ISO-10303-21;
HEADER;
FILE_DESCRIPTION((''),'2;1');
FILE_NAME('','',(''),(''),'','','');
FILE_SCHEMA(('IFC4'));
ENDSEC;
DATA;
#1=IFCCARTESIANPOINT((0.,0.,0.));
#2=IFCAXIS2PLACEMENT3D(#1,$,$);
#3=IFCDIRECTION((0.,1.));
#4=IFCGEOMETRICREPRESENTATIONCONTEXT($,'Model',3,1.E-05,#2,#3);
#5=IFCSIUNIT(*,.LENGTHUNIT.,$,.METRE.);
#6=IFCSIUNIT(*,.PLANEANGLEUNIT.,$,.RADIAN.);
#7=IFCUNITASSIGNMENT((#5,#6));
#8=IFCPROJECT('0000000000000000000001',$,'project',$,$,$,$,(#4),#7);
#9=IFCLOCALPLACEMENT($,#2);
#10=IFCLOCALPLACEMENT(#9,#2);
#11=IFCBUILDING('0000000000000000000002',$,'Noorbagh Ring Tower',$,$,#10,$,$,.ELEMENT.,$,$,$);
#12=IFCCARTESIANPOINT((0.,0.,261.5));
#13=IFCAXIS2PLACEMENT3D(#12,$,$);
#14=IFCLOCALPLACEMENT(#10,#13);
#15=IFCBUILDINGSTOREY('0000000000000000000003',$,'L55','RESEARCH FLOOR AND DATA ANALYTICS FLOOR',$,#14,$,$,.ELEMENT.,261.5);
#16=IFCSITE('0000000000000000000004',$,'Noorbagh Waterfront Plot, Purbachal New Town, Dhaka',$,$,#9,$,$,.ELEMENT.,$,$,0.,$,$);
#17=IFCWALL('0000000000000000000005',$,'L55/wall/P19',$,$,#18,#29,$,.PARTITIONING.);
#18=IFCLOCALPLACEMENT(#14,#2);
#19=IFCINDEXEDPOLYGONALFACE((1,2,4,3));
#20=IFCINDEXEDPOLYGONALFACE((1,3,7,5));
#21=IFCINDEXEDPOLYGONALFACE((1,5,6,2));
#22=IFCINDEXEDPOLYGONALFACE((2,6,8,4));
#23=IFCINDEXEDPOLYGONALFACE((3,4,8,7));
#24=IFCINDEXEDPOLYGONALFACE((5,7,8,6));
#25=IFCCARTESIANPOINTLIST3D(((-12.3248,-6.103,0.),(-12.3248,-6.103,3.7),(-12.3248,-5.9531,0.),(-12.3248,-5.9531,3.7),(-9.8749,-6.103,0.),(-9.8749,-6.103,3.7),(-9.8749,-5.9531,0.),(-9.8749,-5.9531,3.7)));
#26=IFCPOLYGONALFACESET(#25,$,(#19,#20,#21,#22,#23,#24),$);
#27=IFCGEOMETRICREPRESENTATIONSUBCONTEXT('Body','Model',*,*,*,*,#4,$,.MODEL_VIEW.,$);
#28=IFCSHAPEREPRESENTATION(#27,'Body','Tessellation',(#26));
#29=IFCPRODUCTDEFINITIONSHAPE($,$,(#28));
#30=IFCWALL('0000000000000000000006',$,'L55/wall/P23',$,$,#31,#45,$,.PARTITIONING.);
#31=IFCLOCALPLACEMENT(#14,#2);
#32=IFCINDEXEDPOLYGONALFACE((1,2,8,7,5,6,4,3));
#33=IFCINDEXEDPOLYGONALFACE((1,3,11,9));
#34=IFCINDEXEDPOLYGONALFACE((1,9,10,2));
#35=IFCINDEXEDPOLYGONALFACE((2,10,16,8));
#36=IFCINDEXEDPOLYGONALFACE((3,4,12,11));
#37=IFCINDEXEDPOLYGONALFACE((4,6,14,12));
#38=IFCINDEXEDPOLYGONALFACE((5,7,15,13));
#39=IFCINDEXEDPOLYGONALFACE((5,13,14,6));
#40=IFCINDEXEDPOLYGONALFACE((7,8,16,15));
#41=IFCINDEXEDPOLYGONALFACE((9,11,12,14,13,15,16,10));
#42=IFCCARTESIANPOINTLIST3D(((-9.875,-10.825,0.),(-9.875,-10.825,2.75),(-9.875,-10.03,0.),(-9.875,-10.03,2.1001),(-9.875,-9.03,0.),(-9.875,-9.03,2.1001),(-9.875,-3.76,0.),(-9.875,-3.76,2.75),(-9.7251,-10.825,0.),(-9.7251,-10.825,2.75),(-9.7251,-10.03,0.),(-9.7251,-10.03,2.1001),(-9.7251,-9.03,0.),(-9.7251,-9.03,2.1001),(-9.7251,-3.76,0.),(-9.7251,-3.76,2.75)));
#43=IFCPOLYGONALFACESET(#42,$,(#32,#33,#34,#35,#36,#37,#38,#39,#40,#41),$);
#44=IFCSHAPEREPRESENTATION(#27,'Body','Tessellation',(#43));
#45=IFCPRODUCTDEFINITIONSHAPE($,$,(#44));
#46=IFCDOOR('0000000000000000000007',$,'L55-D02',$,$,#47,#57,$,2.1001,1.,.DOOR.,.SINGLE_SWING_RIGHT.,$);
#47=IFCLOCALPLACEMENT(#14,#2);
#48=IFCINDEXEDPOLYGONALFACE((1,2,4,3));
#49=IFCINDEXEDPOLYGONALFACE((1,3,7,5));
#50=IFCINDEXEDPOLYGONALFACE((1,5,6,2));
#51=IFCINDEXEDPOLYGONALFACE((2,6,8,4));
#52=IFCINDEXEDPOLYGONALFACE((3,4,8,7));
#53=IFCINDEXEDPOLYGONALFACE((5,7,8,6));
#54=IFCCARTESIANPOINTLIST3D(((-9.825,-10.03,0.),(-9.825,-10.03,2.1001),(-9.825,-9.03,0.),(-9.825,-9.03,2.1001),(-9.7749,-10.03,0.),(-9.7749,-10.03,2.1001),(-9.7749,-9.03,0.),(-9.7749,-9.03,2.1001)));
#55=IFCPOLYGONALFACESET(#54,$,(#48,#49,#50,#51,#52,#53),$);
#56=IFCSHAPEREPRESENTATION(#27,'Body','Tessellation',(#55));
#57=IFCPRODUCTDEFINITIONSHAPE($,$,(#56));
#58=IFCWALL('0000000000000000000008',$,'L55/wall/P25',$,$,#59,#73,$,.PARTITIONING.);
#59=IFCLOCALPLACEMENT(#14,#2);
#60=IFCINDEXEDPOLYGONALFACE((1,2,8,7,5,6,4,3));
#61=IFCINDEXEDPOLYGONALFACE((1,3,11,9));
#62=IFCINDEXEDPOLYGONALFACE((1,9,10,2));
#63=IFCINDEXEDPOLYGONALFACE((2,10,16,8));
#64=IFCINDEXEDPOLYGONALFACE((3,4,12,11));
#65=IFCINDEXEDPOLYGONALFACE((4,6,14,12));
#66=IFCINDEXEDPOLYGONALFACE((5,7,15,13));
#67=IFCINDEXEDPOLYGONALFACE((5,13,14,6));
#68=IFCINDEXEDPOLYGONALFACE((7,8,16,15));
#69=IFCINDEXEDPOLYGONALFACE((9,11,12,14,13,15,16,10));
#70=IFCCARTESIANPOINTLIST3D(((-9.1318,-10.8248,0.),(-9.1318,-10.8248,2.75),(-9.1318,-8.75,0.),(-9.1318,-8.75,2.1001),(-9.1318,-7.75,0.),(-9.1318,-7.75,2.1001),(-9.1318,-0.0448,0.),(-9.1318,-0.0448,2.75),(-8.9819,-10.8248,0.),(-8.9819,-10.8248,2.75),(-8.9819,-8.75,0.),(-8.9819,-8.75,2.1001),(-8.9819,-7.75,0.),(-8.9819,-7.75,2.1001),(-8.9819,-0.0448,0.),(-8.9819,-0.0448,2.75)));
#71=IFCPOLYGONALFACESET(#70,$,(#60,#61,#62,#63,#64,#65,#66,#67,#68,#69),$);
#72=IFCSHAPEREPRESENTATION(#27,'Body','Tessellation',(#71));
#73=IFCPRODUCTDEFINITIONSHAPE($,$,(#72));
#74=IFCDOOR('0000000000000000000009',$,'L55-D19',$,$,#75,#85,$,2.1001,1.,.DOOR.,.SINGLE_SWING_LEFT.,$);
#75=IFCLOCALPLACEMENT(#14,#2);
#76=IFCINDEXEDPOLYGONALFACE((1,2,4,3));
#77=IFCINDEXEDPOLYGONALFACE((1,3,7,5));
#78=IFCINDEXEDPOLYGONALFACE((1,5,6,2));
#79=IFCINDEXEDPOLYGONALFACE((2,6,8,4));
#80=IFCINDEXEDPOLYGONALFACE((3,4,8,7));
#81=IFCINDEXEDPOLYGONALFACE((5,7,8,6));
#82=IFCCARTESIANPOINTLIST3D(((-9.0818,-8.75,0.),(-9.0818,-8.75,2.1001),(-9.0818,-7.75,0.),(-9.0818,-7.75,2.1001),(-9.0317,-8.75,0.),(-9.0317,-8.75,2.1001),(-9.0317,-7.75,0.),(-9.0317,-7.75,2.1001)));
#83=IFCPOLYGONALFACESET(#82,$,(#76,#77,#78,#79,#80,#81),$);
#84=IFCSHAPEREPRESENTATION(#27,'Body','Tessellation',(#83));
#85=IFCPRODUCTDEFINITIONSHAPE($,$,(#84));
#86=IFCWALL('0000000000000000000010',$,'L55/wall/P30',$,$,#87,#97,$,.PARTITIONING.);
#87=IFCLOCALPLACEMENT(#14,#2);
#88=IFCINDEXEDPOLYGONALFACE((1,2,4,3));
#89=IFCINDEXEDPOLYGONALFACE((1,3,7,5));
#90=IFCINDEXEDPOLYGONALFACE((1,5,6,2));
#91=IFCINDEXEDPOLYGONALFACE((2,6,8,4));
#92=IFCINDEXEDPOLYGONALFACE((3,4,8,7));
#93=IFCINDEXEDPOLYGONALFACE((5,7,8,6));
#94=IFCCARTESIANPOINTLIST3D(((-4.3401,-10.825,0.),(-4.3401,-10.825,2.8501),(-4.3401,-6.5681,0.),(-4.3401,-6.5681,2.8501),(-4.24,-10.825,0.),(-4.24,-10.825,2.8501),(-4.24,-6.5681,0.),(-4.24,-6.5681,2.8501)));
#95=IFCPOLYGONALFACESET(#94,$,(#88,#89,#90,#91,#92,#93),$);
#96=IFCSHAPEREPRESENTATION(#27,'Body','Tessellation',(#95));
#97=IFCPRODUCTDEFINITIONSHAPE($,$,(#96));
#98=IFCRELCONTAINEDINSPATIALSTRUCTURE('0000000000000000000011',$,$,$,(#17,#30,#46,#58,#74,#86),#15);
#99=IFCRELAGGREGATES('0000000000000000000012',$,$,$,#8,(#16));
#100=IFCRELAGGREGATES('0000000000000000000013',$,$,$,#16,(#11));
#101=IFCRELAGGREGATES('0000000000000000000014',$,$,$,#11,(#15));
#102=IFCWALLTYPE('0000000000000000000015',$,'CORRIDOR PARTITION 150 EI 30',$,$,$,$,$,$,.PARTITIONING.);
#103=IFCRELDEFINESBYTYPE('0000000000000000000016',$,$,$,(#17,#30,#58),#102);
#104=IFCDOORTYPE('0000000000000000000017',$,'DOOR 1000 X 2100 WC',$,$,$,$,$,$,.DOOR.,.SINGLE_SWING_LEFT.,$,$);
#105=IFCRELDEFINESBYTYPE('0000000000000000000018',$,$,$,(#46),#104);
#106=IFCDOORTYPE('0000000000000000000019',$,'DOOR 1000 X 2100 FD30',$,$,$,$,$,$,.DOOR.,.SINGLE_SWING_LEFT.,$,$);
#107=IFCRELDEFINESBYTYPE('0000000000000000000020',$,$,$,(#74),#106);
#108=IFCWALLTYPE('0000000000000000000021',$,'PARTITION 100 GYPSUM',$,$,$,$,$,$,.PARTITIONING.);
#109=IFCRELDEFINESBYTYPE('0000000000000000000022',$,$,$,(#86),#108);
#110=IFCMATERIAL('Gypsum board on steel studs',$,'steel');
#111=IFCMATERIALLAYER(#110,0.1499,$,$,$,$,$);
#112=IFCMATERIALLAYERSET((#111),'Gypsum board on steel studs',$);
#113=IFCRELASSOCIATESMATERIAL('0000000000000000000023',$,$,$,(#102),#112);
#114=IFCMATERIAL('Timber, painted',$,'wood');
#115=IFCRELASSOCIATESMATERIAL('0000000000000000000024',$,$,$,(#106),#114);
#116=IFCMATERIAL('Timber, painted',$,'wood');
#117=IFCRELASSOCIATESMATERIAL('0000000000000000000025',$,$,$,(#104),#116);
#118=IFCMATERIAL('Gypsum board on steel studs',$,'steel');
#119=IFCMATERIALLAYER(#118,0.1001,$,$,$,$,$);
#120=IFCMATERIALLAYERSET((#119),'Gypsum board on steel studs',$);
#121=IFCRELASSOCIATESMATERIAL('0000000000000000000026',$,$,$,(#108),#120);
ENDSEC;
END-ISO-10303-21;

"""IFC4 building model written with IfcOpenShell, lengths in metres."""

from ifc_helpers import new_model, si_unit, direction, frame, frame_2d, origin, place, context, subcontext, project, spatial, rectangle, extrude, material, layer, layer_set, type_object, element, fill, save


model = new_model("IFC4")

# Units and contexts
model_context = context("Model", 3, precision=1e-05, world=origin(), true_north=direction((0.0, 1.0)))
body_context = subcontext(model_context, "Body", "Model", "MODEL_VIEW")
ifc_project = project(units=[si_unit("LENGTHUNIT", "METRE"), si_unit("PLANEANGLEUNIT", "RADIAN")], contexts=[model_context])

# Site, building, storey
site_placement = place(None, origin())
site = spatial("IfcSite", under=ifc_project, at=site_placement, Name="Noorbagh Waterfront Plot, Purbachal New Town, Dhaka", CompositionType="ELEMENT", RefElevation=0.0)
building_placement = place(site_placement, origin())
building = spatial("IfcBuilding", under=site, at=building_placement, Name="Noorbagh Ring Tower", CompositionType="ELEMENT")
storey_placement = place(building_placement, frame((0.0, 0.0, 261.5)))
storey = spatial("IfcBuildingStorey", under=building, at=storey_placement, Name="L55", Description="RESEARCH FLOOR AND DATA ANALYTICS FLOOR", CompositionType="ELEMENT", Elevation=261.5)

# Shared definitions
ifc_material_1 = material(Name="Gypsum board on steel studs", Category="steel")
ifc_layer_1 = layer(ifc_material_1, 0.1499)
ifc_layer_set_1 = layer_set([ifc_layer_1], Name="Gypsum board on steel studs")
wall_type_1 = type_object("IfcWallType", Name="CORRIDOR PARTITION 150 EI 30", PredefinedType="PARTITIONING", material=ifc_layer_set_1)
ifc_material_2 = material(Name="Timber, painted", Category="wood")
door_type_1 = type_object("IfcDoorType", Name="DOOR 1000 X 2100 FD30", OperationType="SINGLE_SWING_LEFT", PredefinedType="DOOR", material=ifc_material_2)
ifc_material_3 = material(Name="Timber, painted", Category="wood")
door_type_2 = type_object("IfcDoorType", Name="DOOR 1000 X 2100 WC", OperationType="SINGLE_SWING_LEFT", PredefinedType="DOOR", material=ifc_material_3)

# Wall
wall_1_placement = place(storey_placement, frame((-12.325, -6.0281, 0.0), z_axis=(0.0, 0.0, 1.0), x_axis=(1.0, 0.0, 0.0)))
element("IfcWall", 1, at=wall_1_placement, inside=storey, type_object=wall_type_1, Name="L55/wall/P19", PredefinedType="PARTITIONING", context=body_context, shape_type="SweptSolid", body=[
    extrude(rectangle(XDim=2.45, YDim=0.1499, at=frame_2d((1.2251, 0.0))), origin(), (0.0, 0.0, 1.0), 3.7),
])

# Walls, openings, doors
wall_2_placement = place(storey_placement, frame((-9.8, -10.825, 0.0), z_axis=(0.0, 0.0, 1.0), x_axis=(0.0, 1.0, 0.0)))
wall_2 = element("IfcWall", 2, at=wall_2_placement, inside=storey, type_object=wall_type_1, Name="L55/wall/P23", PredefinedType="PARTITIONING", context=body_context, shape_type="SweptSolid", body=[
    extrude(rectangle(XDim=7.0649, YDim=0.1499, at=frame_2d((3.5325, 0.0))), origin(), (0.0, 0.0, 1.0), 2.75),
])
opening_1_placement = place(wall_2_placement, frame((0.7949, 0.0, 0.0)))
opening_1 = element("IfcOpeningElement", 3, at=opening_1_placement, cuts=wall_2, PredefinedType="OPENING", context=body_context, shape_type="SweptSolid", body=[
    extrude(rectangle(XDim=1.0, YDim=2.1001, at=frame_2d((0.5, 1.05))), frame((0.0, 0.085, 0.0), z_axis=(0.0, -1.0, 0.0), x_axis=(1.0, 0.0, 0.0)), (0.0, 0.0, 1.0), 0.1699),
])
door_1_placement = place(opening_1_placement, origin())
door_1 = element("IfcDoor", 4, at=door_1_placement, inside=storey, type_object=door_type_2, Name="L55-D02", OperationType="SINGLE_SWING_RIGHT", OverallHeight=2.1001, OverallWidth=1.0, PredefinedType="DOOR", context=body_context, shape_type="SweptSolid", body=[
    extrude(rectangle(XDim=1.0, YDim=2.1001, at=frame_2d((0.5, 1.05))), frame((0.0, 0.0249, 0.0), z_axis=(0.0, -1.0, 0.0), x_axis=(1.0, 0.0, 0.0)), (0.0, 0.0, 1.0), 0.05),
])
fill(opening_1, door_1)
wall_3_placement = place(storey_placement, frame((-9.0569, -10.825, 0.0), z_axis=(0.0, 0.0, 1.0), x_axis=(0.0, 1.0, 0.0)))
wall_3 = element("IfcWall", 5, at=wall_3_placement, inside=storey, type_object=wall_type_1, Name="L55/wall/P25", PredefinedType="PARTITIONING", context=body_context, shape_type="SweptSolid", body=[
    extrude(rectangle(XDim=10.78, YDim=0.1499, at=frame_2d((5.3901, 0.0))), origin(), (0.0, 0.0, 1.0), 2.75),
])
opening_2_placement = place(wall_3_placement, frame((2.075, 0.0, 0.0)))
opening_2 = element("IfcOpeningElement", 6, at=opening_2_placement, cuts=wall_3, PredefinedType="OPENING", context=body_context, shape_type="SweptSolid", body=[
    extrude(rectangle(XDim=1.0, YDim=2.1001, at=frame_2d((0.5, 1.05))), frame((0.0, 0.085, 0.0), z_axis=(0.0, -1.0, 0.0), x_axis=(1.0, 0.0, 0.0)), (0.0, 0.0, 1.0), 0.1699),
])
door_2_placement = place(opening_2_placement, origin())
door_2 = element("IfcDoor", 7, at=door_2_placement, inside=storey, type_object=door_type_1, Name="L55-D19", OperationType="SINGLE_SWING_LEFT", OverallHeight=2.1001, OverallWidth=1.0, PredefinedType="DOOR", context=body_context, shape_type="SweptSolid", body=[
    extrude(rectangle(XDim=1.0, YDim=2.1001, at=frame_2d((0.5, 1.05))), frame((0.0, 0.0249, 0.0), z_axis=(0.0, -1.0, 0.0), x_axis=(1.0, 0.0, 0.0)), (0.0, 0.0, 1.0), 0.05),
])
fill(opening_2, door_2)

# Wall
ifc_material_4 = material(Name="Gypsum board on steel studs", Category="steel")
ifc_layer_2 = layer(ifc_material_4, 0.1001)
ifc_layer_set_2 = layer_set([ifc_layer_2], Name="Gypsum board on steel studs")
wall_type_2 = type_object("IfcWallType", Name="PARTITION 100 GYPSUM", PredefinedType="PARTITIONING", material=ifc_layer_set_2)
wall_4_placement = place(storey_placement, frame((-4.29, -10.825, 0.0), z_axis=(0.0, 0.0, 1.0), x_axis=(0.0, 1.0, 0.0)))
element("IfcWall", 8, at=wall_4_placement, inside=storey, type_object=wall_type_2, Name="L55/wall/P30", PredefinedType="PARTITIONING", context=body_context, shape_type="SweptSolid", body=[
    extrude(rectangle(XDim=4.2568, YDim=0.1001, at=frame_2d((2.1284, 0.0))), origin(), (0.0, 0.0, 1.0), 2.8501),
])

save(model, "model.ifc")
